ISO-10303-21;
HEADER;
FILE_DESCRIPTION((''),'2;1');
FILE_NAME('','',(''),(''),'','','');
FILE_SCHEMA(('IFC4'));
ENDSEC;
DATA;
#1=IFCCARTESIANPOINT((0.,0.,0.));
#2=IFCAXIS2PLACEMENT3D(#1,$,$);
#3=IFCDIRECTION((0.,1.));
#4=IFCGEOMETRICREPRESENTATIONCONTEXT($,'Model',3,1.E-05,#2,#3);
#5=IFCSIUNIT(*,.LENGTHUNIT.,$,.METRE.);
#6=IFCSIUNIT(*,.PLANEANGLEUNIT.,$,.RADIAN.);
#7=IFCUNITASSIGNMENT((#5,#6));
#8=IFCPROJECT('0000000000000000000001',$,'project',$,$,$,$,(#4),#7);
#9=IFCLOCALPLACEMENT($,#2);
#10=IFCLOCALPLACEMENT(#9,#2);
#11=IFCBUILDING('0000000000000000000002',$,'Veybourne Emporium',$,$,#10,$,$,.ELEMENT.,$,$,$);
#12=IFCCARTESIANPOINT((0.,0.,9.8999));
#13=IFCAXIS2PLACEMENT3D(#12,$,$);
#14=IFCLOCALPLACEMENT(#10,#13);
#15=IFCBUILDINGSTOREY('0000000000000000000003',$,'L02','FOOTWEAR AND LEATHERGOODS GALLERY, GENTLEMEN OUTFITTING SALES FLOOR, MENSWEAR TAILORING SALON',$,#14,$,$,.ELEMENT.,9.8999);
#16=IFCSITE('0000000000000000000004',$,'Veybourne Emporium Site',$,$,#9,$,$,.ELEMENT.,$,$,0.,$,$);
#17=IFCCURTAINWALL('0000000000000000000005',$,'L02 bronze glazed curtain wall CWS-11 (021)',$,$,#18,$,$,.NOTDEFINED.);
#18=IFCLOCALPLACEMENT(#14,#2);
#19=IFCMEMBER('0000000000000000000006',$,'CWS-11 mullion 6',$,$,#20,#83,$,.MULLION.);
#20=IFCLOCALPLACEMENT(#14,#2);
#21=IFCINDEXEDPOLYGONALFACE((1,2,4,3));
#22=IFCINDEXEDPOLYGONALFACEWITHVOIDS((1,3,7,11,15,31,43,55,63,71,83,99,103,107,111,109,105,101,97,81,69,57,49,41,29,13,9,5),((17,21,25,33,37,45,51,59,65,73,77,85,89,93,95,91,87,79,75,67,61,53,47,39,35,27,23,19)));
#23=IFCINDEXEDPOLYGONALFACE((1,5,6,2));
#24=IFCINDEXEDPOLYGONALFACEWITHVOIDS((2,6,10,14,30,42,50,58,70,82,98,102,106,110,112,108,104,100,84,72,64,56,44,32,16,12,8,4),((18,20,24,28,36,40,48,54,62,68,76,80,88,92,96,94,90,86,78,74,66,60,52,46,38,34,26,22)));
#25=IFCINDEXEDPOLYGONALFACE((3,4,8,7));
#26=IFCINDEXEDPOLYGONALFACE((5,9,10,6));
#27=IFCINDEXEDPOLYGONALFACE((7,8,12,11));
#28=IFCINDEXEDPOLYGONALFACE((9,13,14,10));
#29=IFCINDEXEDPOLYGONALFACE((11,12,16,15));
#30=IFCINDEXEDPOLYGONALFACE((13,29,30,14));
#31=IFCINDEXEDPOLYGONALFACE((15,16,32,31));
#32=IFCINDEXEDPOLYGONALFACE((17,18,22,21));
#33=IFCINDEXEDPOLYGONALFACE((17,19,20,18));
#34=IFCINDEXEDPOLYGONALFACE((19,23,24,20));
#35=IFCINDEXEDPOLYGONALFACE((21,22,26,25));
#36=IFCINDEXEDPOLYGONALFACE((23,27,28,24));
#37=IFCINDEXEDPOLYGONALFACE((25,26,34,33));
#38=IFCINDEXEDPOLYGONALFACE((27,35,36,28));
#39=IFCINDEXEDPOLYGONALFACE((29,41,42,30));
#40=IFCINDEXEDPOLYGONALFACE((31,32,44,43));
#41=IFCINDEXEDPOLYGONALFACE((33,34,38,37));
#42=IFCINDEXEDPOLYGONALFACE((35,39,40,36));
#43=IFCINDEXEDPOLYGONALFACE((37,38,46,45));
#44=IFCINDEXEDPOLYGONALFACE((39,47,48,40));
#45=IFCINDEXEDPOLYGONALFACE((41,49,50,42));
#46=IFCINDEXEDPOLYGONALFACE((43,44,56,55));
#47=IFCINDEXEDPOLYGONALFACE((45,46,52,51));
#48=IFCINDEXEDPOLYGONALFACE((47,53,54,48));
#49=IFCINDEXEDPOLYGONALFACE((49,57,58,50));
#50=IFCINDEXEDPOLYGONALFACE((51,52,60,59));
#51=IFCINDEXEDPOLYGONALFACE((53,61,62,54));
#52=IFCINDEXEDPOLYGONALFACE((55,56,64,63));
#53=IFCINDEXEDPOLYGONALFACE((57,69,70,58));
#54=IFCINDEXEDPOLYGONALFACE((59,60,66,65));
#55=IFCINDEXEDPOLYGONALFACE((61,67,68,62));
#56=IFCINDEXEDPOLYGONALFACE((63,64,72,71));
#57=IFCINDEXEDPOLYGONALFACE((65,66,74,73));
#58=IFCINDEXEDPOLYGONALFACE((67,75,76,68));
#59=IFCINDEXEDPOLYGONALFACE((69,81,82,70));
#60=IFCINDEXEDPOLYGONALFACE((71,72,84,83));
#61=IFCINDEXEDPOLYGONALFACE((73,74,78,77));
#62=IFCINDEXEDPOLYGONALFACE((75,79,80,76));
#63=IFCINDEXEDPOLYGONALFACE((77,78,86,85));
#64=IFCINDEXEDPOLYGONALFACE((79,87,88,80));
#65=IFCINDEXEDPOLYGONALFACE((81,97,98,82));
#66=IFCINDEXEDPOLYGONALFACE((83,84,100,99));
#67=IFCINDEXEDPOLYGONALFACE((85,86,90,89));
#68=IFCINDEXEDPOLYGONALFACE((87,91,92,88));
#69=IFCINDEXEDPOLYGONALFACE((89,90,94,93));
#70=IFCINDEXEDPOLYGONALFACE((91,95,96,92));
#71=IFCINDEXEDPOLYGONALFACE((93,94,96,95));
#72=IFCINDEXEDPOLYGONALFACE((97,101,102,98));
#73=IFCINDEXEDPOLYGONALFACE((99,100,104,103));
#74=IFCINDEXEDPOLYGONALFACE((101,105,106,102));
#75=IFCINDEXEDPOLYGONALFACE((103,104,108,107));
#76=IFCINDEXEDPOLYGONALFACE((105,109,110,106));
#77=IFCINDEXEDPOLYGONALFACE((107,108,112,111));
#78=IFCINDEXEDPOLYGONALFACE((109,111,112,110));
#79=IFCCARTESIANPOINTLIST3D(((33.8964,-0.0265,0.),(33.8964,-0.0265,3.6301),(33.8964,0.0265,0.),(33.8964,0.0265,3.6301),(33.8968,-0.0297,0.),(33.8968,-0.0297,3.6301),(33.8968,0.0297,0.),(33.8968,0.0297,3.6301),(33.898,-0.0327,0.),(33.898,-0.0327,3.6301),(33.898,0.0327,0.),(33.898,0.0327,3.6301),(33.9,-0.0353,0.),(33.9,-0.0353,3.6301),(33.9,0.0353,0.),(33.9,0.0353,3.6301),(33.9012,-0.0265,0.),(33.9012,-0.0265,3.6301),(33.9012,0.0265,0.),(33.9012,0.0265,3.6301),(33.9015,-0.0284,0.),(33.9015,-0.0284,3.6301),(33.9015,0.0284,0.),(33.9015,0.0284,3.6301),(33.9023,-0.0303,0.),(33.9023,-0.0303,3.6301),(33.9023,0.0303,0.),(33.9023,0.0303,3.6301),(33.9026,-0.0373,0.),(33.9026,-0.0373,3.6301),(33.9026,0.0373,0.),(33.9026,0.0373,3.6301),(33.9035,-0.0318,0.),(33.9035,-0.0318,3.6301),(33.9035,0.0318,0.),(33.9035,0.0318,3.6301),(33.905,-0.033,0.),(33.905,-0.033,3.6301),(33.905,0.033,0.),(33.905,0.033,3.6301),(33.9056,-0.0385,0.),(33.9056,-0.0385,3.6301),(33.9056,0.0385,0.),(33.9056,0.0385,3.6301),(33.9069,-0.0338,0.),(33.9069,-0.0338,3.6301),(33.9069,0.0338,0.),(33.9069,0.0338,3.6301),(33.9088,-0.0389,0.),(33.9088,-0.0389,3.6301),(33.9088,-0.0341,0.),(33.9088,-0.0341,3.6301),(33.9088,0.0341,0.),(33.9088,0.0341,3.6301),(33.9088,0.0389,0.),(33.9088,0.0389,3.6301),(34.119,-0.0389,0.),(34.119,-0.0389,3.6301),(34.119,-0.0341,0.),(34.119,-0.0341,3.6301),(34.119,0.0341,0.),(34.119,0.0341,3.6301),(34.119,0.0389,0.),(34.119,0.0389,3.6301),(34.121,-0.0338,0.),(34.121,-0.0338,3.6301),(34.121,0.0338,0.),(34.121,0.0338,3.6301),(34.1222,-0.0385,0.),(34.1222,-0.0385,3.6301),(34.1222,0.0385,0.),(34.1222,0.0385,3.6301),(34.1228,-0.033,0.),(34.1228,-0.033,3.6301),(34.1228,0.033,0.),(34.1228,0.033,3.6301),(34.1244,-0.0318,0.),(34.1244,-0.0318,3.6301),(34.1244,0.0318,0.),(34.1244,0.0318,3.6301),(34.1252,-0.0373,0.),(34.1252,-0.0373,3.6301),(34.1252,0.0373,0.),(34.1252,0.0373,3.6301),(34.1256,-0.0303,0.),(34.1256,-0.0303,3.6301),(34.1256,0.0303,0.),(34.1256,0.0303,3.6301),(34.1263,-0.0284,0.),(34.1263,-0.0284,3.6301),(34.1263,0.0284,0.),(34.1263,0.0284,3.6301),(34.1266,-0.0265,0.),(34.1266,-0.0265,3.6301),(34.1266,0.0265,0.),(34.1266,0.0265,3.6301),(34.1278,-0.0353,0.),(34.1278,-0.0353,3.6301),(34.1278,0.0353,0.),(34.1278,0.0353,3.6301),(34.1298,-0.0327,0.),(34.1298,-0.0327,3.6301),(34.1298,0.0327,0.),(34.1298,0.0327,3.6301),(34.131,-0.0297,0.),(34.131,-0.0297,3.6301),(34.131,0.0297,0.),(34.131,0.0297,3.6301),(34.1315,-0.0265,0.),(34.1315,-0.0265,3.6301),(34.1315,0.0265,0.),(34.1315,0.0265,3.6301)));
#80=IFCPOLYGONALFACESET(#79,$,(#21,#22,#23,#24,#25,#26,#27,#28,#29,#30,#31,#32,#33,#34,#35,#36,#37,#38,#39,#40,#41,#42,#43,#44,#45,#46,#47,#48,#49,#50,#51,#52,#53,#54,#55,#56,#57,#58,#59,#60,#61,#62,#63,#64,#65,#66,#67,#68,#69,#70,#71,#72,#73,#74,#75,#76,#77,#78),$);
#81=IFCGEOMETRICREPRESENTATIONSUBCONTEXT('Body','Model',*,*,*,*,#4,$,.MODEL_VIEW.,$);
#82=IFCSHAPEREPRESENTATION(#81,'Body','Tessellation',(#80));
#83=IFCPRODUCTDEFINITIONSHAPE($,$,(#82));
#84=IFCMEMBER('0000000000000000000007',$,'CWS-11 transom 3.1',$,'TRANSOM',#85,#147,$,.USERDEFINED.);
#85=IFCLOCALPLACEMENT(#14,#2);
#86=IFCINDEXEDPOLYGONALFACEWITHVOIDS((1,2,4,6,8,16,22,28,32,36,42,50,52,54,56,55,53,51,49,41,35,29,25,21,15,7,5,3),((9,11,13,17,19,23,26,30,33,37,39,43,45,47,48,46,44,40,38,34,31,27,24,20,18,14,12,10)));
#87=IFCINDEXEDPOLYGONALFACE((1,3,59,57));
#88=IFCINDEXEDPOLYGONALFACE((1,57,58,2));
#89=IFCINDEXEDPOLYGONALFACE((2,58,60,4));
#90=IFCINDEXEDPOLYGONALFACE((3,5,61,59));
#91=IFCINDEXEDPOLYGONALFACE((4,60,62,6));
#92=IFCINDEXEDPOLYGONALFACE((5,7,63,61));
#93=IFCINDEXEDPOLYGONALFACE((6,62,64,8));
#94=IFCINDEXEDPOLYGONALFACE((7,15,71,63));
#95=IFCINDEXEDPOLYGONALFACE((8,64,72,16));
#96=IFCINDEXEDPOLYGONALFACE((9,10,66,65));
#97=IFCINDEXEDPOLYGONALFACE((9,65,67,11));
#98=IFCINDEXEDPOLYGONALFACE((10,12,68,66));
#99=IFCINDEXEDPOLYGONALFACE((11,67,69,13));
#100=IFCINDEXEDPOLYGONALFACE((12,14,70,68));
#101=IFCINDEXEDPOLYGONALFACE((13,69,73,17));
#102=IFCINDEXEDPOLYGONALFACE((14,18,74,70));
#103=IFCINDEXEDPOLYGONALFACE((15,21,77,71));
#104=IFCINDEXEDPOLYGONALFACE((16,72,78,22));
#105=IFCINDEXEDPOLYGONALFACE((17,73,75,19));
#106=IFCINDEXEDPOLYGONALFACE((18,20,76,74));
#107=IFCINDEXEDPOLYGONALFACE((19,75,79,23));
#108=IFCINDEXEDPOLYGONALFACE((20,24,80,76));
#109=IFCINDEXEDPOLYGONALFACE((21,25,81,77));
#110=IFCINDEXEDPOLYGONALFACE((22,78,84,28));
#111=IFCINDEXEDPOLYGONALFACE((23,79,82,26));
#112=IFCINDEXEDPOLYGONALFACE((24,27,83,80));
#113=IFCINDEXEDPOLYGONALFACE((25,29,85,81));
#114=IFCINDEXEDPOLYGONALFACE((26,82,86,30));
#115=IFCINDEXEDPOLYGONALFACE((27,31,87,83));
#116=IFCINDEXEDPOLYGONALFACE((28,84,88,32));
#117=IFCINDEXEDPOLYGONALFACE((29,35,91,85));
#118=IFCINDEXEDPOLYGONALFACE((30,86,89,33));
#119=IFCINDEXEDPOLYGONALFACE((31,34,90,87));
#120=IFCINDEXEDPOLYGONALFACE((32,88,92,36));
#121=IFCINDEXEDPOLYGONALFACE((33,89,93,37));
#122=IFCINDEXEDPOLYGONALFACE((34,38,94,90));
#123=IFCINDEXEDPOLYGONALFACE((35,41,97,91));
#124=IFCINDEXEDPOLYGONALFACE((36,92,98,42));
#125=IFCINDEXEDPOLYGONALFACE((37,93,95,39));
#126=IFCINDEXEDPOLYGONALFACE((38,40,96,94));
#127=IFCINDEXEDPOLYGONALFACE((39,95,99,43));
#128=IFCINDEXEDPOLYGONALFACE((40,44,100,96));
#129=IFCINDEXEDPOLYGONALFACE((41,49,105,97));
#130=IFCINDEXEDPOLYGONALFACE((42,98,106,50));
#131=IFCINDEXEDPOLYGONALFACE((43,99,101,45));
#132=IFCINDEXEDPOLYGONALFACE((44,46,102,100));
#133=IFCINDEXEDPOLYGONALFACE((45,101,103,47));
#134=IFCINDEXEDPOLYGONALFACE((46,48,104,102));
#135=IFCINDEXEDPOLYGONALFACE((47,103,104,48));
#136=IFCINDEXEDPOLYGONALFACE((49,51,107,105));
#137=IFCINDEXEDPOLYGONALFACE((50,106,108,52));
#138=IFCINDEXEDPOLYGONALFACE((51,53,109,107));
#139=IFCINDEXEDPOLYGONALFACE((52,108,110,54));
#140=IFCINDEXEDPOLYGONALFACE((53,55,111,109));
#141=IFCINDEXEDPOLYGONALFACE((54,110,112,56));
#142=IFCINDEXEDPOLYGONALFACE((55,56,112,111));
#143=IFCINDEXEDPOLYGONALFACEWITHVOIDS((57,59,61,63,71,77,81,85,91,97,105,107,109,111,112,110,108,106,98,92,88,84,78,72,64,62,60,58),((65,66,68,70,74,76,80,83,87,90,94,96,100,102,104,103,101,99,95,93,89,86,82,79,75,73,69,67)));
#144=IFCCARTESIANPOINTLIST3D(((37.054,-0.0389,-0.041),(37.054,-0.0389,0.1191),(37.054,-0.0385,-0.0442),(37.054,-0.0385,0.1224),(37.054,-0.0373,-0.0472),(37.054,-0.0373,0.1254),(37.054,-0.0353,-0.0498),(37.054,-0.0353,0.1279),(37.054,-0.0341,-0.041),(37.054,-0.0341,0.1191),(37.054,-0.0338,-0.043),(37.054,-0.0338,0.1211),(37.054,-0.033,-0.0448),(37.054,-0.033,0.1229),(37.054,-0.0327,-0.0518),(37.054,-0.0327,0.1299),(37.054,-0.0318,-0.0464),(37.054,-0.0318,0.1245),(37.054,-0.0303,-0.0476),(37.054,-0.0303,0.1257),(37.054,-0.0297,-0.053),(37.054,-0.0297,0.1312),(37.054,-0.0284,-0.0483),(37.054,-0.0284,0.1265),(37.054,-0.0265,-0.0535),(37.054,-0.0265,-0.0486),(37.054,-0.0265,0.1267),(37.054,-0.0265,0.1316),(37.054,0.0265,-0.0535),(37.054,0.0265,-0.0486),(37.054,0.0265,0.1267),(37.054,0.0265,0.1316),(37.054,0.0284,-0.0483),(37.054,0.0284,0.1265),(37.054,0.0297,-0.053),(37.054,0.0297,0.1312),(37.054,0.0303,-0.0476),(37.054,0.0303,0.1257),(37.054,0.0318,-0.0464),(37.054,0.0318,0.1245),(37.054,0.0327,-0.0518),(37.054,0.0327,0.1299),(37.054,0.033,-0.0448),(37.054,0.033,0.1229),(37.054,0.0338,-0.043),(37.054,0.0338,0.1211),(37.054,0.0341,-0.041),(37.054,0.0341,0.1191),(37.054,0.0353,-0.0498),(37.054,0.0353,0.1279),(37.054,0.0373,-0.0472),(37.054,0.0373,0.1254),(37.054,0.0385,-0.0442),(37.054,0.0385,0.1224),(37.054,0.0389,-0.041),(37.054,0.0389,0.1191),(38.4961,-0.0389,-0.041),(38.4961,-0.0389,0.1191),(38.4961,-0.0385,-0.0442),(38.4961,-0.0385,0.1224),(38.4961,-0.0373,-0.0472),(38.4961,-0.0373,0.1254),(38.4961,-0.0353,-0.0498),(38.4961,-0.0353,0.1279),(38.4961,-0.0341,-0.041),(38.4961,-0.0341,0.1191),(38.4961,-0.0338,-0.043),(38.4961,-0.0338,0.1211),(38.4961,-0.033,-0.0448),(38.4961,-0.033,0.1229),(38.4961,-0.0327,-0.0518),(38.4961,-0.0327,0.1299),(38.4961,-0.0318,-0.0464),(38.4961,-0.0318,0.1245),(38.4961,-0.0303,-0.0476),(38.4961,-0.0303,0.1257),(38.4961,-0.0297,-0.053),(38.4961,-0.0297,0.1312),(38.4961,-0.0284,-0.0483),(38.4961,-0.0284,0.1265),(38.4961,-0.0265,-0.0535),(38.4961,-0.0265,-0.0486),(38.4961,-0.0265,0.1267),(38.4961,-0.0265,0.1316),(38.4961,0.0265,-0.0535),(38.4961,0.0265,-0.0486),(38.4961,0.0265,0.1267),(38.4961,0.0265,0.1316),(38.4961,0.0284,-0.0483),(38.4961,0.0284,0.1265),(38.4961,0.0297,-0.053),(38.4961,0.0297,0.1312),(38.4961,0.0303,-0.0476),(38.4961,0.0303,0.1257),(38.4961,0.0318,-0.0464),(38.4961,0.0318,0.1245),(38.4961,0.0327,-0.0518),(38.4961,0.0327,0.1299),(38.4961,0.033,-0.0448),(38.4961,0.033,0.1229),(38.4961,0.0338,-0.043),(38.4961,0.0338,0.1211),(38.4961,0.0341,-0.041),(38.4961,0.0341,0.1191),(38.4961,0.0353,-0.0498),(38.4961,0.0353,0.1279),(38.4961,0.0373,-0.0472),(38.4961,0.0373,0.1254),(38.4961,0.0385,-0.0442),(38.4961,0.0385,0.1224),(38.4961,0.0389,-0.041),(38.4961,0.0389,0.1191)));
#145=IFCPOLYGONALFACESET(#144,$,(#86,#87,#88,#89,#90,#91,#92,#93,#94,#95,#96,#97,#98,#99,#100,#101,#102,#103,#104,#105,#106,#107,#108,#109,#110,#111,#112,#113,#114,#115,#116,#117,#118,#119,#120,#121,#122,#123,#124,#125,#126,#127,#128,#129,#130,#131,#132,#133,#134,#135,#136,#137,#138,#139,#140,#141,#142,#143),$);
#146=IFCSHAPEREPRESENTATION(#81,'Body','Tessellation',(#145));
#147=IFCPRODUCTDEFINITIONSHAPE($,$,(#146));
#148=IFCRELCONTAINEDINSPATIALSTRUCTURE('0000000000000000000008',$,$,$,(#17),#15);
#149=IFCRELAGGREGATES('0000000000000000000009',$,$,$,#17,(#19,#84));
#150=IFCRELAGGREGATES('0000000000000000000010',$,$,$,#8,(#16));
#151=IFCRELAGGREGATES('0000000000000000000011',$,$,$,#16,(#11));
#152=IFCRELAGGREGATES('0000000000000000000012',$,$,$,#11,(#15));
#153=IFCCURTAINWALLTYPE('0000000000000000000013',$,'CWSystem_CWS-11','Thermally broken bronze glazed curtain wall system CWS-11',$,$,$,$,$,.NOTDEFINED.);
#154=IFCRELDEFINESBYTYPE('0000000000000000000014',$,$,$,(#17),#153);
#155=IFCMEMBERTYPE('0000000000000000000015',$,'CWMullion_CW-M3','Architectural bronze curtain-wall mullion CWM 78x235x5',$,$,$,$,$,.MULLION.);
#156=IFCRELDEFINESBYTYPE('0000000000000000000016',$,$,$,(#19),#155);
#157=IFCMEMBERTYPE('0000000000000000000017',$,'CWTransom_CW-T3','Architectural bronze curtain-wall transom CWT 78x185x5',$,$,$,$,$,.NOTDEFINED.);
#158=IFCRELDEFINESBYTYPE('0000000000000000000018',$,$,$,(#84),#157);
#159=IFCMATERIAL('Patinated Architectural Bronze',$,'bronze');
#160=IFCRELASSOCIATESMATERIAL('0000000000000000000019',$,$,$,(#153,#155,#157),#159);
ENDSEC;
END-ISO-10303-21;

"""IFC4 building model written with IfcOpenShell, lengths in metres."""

from ifc_helpers import new_model, si_unit, direction, frame, origin, origin_2d, place, context, subcontext, project, spatial, hollow_rectangle, extrude, material, material_profile, profile_set, type_object, element, aggregate, save


model = new_model("IFC4")

# Units and contexts
model_context = context("Model", 3, precision=1e-05, world=origin(), true_north=direction((0.0, 1.0)))
body_context = subcontext(model_context, "Body", "Model", "MODEL_VIEW")
ifc_project = project(units=[si_unit("LENGTHUNIT", "METRE"), si_unit("PLANEANGLEUNIT", "RADIAN")], contexts=[model_context])

# Site, building, storey
site_placement = place(None, origin())
site = spatial("IfcSite", under=ifc_project, at=site_placement, Name="Veybourne Emporium Site", CompositionType="ELEMENT", RefElevation=0.0)
building_placement = place(site_placement, origin())
building = spatial("IfcBuilding", under=site, at=building_placement, Name="Veybourne Emporium", CompositionType="ELEMENT")
storey_placement = place(building_placement, frame((0.0, 0.0, 9.8999)))
storey = spatial("IfcBuildingStorey", under=building, at=storey_placement, Name="L02", Description="FOOTWEAR AND LEATHERGOODS GALLERY, GENTLEMEN OUTFITTING SALES FLOOR, MENSWEAR TAILORING SALON", CompositionType="ELEMENT", Elevation=9.8999)

# Curtain wall, members
ifc_material_1 = material(Name="Patinated Architectural Bronze", Category="bronze")
curtain_wall_type = type_object("IfcCurtainWallType", Name="CWSystem_CWS-11", Description="Thermally broken bronze glazed curtain wall system CWS-11", PredefinedType="NOTDEFINED", material=ifc_material_1)
curtain_wall_placement = place(storey_placement, origin())
curtain_wall = element("IfcCurtainWall", 1, at=curtain_wall_placement, inside=storey, type_object=curtain_wall_type, Name="L02 bronze glazed curtain wall CWS-11 (021)", PredefinedType="NOTDEFINED")
ifc_material_profile_1 = material_profile(ifc_material_1, hollow_rectangle(XDim=0.0779, YDim=0.2351, WallThickness=0.0049, InnerFilletRadius=0.0076, OuterFilletRadius=0.0125, at=origin_2d()), Name="CWM 78x235x5")
ifc_profile_set_1 = profile_set([ifc_material_profile_1], Name="Patinated Architectural Bronze")
member_type_1 = type_object("IfcMemberType", Name="CWMullion_CW-M3", Description="Architectural bronze curtain-wall mullion CWM 78x235x5", PredefinedType="MULLION", material=ifc_profile_set_1)
member_1_placement = place(storey_placement, frame((34.0139, 0.0, 0.0), z_axis=(0.0, 0.0, 1.0), x_axis=(0.0, -1.0, 0.0)))
member_1 = element("IfcMember", 2, at=member_1_placement, type_object=member_type_1, Name="CWS-11 mullion 6", PredefinedType="MULLION", context=body_context, shape_type="SweptSolid", body=[
    extrude(hollow_rectangle(XDim=0.0779, YDim=0.2351, WallThickness=0.0049, InnerFilletRadius=0.0076, OuterFilletRadius=0.0125, at=origin_2d()), origin(), (0.0, 0.0, 1.0), 3.6301),
])
ifc_material_profile_2 = material_profile(ifc_material_1, hollow_rectangle(XDim=0.0779, YDim=0.1851, WallThickness=0.0049, InnerFilletRadius=0.0076, OuterFilletRadius=0.0125, at=origin_2d()), Name="CWT 78x185x5")
ifc_profile_set_2 = profile_set([ifc_material_profile_2], Name="Patinated Architectural Bronze")
member_type_2 = type_object("IfcMemberType", Name="CWTransom_CW-T3", Description="Architectural bronze curtain-wall transom CWT 78x185x5", PredefinedType="NOTDEFINED", material=ifc_profile_set_2)
member_2_placement = place(storey_placement, frame((38.4961, 0.0, 0.0391), z_axis=(-1.0, 0.0, 0.0), x_axis=(0.0, -1.0, 0.0)))
member_2 = element("IfcMember", 3, at=member_2_placement, type_object=member_type_2, Name="CWS-11 transom 3.1", ObjectType="TRANSOM", PredefinedType="USERDEFINED", context=body_context, shape_type="SweptSolid", body=[
    extrude(hollow_rectangle(XDim=0.0779, YDim=0.1851, WallThickness=0.0049, InnerFilletRadius=0.0076, OuterFilletRadius=0.0125, at=origin_2d()), origin(), (0.0, 0.0, 1.0), 1.4421),
])

aggregate(curtain_wall, [member_1, member_2])

save(model, "model.ifc")
